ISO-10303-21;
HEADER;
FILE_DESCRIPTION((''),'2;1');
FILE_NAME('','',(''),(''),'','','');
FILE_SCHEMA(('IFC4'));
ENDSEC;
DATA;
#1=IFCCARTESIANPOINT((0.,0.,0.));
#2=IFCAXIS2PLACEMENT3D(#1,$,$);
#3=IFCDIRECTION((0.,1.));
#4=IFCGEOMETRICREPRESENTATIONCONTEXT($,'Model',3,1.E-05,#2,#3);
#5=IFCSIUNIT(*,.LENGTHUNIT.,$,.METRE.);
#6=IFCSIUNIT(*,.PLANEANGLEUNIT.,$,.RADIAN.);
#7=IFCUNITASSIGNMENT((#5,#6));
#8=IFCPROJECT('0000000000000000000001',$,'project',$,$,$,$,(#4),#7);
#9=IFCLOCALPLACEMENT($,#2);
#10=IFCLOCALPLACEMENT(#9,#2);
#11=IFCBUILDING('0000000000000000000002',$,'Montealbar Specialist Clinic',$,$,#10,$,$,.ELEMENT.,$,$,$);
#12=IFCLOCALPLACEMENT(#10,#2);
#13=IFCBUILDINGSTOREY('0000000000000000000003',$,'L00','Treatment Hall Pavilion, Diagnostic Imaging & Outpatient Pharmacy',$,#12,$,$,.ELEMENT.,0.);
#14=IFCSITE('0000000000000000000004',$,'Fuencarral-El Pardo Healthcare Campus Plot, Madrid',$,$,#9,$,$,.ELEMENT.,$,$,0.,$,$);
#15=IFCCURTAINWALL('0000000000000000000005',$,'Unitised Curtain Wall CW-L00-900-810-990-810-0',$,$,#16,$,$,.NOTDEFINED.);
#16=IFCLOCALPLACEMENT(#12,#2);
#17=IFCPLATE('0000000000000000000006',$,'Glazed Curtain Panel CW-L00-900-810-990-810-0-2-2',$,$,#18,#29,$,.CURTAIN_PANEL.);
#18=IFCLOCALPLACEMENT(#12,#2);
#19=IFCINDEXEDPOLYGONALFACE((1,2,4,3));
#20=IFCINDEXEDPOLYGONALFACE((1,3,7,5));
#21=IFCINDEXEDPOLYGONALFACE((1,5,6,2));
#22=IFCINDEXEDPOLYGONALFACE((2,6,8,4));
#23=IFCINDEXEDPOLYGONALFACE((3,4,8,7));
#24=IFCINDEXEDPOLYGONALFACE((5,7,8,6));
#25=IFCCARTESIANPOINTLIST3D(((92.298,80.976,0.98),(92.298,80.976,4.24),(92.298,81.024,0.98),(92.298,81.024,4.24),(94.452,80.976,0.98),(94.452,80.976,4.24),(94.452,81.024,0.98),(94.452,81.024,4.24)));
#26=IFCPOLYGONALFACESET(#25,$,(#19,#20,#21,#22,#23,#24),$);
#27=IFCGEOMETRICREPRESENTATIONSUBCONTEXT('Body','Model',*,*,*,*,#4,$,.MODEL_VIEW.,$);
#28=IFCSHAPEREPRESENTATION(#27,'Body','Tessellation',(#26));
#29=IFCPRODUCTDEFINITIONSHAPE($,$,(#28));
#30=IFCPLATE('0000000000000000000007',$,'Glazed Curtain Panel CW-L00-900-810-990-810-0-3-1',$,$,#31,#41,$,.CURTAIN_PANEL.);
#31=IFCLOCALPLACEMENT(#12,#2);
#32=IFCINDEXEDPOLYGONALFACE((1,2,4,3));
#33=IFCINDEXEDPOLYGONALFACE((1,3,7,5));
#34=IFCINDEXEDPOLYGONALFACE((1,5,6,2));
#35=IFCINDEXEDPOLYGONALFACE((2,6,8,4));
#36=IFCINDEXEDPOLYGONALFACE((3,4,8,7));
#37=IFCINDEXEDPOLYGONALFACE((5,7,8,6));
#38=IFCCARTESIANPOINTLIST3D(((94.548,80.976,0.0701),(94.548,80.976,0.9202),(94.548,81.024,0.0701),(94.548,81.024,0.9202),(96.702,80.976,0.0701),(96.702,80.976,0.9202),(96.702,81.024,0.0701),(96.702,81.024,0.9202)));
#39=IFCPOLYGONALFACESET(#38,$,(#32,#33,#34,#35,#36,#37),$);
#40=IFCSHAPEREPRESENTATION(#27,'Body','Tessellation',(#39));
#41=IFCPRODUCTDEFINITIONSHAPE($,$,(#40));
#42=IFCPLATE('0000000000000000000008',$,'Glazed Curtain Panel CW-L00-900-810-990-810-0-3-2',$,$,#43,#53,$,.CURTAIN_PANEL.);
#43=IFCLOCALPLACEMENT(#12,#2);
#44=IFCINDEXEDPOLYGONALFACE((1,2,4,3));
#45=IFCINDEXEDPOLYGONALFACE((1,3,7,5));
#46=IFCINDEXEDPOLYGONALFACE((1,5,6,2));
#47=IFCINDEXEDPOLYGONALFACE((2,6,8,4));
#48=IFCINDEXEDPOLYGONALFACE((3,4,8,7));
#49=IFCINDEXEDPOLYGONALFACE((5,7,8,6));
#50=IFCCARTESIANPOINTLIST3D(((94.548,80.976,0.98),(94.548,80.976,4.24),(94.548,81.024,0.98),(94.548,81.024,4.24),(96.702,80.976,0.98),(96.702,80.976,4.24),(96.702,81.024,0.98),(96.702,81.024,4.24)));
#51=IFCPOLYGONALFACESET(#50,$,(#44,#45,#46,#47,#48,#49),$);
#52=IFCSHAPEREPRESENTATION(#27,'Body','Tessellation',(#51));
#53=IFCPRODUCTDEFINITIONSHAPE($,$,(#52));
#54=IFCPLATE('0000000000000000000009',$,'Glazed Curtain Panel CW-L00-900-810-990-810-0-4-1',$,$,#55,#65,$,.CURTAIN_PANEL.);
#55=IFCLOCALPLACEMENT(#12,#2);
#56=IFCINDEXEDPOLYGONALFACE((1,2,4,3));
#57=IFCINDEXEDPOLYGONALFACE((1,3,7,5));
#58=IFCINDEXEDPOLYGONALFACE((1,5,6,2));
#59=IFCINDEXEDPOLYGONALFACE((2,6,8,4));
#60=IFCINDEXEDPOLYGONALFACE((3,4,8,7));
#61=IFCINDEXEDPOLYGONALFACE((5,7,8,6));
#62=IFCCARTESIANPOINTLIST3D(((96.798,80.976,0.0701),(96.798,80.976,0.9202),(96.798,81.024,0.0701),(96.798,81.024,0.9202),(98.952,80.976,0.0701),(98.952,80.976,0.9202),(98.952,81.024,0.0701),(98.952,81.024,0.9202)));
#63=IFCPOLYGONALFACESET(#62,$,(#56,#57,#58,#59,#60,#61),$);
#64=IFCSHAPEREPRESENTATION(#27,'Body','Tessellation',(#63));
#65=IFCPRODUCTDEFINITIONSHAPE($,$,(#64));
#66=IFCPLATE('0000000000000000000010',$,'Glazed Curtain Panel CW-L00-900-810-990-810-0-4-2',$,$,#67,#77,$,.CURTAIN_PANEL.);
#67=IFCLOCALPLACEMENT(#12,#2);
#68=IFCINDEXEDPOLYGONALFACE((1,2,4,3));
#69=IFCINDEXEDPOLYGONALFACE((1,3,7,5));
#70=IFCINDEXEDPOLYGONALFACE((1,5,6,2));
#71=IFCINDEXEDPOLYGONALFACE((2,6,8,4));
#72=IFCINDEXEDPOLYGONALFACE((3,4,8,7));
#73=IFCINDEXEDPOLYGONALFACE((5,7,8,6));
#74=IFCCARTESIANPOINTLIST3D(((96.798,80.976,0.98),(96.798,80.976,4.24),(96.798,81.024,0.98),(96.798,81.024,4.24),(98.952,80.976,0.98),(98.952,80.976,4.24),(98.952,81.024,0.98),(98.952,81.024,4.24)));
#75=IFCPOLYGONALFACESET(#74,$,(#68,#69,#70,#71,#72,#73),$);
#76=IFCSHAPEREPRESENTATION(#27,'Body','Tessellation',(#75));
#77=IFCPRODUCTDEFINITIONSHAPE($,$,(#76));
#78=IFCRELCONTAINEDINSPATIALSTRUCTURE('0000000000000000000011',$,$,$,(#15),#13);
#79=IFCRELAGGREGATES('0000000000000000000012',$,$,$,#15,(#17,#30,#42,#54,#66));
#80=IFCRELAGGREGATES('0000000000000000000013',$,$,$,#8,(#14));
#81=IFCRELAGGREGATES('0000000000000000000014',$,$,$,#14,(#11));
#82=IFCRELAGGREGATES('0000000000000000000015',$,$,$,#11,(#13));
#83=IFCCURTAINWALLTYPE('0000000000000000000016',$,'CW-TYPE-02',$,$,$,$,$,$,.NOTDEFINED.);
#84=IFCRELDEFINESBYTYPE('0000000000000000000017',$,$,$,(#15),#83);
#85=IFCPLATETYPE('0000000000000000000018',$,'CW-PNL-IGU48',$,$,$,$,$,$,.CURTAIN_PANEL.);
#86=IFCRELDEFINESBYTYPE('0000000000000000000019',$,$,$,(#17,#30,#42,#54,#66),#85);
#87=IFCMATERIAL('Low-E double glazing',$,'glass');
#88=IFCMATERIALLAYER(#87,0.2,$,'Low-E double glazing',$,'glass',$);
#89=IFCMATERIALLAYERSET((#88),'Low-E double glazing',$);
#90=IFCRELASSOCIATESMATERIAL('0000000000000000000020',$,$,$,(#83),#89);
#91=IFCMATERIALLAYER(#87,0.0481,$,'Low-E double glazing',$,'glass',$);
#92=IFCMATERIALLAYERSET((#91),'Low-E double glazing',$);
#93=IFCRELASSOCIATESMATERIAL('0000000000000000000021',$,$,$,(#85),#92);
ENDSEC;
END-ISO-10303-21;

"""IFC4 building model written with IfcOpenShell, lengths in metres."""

from ifc_helpers import new_model, si_unit, direction, frame, origin, origin_2d, place, context, subcontext, project, spatial, rectangle, extrude, material, layer, layer_set, type_object, element, aggregate, save


model = new_model("IFC4")

# Units and contexts
model_context = context("Model", 3, precision=1e-05, world=origin(), true_north=direction((0.0, 1.0)))
body_context = subcontext(model_context, "Body", "Model", "MODEL_VIEW")
ifc_project = project(units=[si_unit("LENGTHUNIT", "METRE"), si_unit("PLANEANGLEUNIT", "RADIAN")], contexts=[model_context])

# Site, building, storey
site_placement = place(None, origin())
site = spatial("IfcSite", under=ifc_project, at=site_placement, Name="Fuencarral-El Pardo Healthcare Campus Plot, Madrid", CompositionType="ELEMENT", RefElevation=0.0)
building_placement = place(site_placement, origin())
building = spatial("IfcBuilding", under=site, at=building_placement, Name="Montealbar Specialist Clinic", CompositionType="ELEMENT")
storey_placement = place(building_placement, origin())
storey = spatial("IfcBuildingStorey", under=building, at=storey_placement, Name="L00", Description="Treatment Hall Pavilion, Diagnostic Imaging & Outpatient Pharmacy", CompositionType="ELEMENT", Elevation=0.0)

# Curtain wall, plates
ifc_material_1 = material(Name="Low-E double glazing", Category="glass")
ifc_layer_1 = layer(ifc_material_1, 0.2, Name="Low-E double glazing", Category="glass")
ifc_layer_set_1 = layer_set([ifc_layer_1], Name="Low-E double glazing")
curtain_wall_type = type_object("IfcCurtainWallType", Name="CW-TYPE-02", PredefinedType="NOTDEFINED", material=ifc_layer_set_1)
curtain_wall_placement = place(storey_placement, origin())
curtain_wall = element("IfcCurtainWall", 1, at=curtain_wall_placement, inside=storey, type_object=curtain_wall_type, Name="Unitised Curtain Wall CW-L00-900-810-990-810-0", PredefinedType="NOTDEFINED")
ifc_layer_2 = layer(ifc_material_1, 0.0481, Name="Low-E double glazing", Category="glass")
ifc_layer_set_2 = layer_set([ifc_layer_2], Name="Low-E double glazing")
plate_type = type_object("IfcPlateType", Name="CW-PNL-IGU48", PredefinedType="CURTAIN_PANEL", material=ifc_layer_set_2)
plate_1_placement = place(storey_placement, frame((93.375, 81.0, 0.98), z_axis=(0.0, 0.0, 1.0), x_axis=(1.0, 0.0, 0.0)))
plate_1 = element("IfcPlate", 2, at=plate_1_placement, type_object=plate_type, Name="Glazed Curtain Panel CW-L00-900-810-990-810-0-2-2", PredefinedType="CURTAIN_PANEL", context=body_context, shape_type="SweptSolid", body=[
    extrude(rectangle(XDim=2.1541, YDim=0.0481, at=origin_2d()), origin(), (0.0, 0.0, 1.0), 3.26),
])
plate_2_placement = place(storey_placement, frame((95.625, 81.0, 0.0701), z_axis=(0.0, 0.0, 1.0), x_axis=(1.0, 0.0, 0.0)))
plate_2 = element("IfcPlate", 3, at=plate_2_placement, type_object=plate_type, Name="Glazed Curtain Panel CW-L00-900-810-990-810-0-3-1", PredefinedType="CURTAIN_PANEL", context=body_context, shape_type="SweptSolid", body=[
    extrude(rectangle(XDim=2.1541, YDim=0.0481, at=origin_2d()), origin(), (0.0, 0.0, 1.0), 0.8501),
])
plate_3_placement = place(storey_placement, frame((95.625, 81.0, 0.98), z_axis=(0.0, 0.0, 1.0), x_axis=(1.0, 0.0, 0.0)))
plate_3 = element("IfcPlate", 4, at=plate_3_placement, type_object=plate_type, Name="Glazed Curtain Panel CW-L00-900-810-990-810-0-3-2", PredefinedType="CURTAIN_PANEL", context=body_context, shape_type="SweptSolid", body=[
    extrude(rectangle(XDim=2.1541, YDim=0.0481, at=origin_2d()), origin(), (0.0, 0.0, 1.0), 3.26),
])
plate_4_placement = place(storey_placement, frame((97.875, 81.0, 0.0701), z_axis=(0.0, 0.0, 1.0), x_axis=(1.0, 0.0, 0.0)))
plate_4 = element("IfcPlate", 5, at=plate_4_placement, type_object=plate_type, Name="Glazed Curtain Panel CW-L00-900-810-990-810-0-4-1", PredefinedType="CURTAIN_PANEL", context=body_context, shape_type="SweptSolid", body=[
    extrude(rectangle(XDim=2.1541, YDim=0.0481, at=origin_2d()), origin(), (0.0, 0.0, 1.0), 0.8501),
])
plate_5_placement = place(storey_placement, frame((97.875, 81.0, 0.98), z_axis=(0.0, 0.0, 1.0), x_axis=(1.0, 0.0, 0.0)))
plate_5 = element("IfcPlate", 6, at=plate_5_placement, type_object=plate_type, Name="Glazed Curtain Panel CW-L00-900-810-990-810-0-4-2", PredefinedType="CURTAIN_PANEL", context=body_context, shape_type="SweptSolid", body=[
    extrude(rectangle(XDim=2.1541, YDim=0.0481, at=origin_2d()), origin(), (0.0, 0.0, 1.0), 3.26),
])
aggregate(curtain_wall, [plate_1, plate_2, plate_3, plate_4, plate_5])

save(model, "model.ifc")
